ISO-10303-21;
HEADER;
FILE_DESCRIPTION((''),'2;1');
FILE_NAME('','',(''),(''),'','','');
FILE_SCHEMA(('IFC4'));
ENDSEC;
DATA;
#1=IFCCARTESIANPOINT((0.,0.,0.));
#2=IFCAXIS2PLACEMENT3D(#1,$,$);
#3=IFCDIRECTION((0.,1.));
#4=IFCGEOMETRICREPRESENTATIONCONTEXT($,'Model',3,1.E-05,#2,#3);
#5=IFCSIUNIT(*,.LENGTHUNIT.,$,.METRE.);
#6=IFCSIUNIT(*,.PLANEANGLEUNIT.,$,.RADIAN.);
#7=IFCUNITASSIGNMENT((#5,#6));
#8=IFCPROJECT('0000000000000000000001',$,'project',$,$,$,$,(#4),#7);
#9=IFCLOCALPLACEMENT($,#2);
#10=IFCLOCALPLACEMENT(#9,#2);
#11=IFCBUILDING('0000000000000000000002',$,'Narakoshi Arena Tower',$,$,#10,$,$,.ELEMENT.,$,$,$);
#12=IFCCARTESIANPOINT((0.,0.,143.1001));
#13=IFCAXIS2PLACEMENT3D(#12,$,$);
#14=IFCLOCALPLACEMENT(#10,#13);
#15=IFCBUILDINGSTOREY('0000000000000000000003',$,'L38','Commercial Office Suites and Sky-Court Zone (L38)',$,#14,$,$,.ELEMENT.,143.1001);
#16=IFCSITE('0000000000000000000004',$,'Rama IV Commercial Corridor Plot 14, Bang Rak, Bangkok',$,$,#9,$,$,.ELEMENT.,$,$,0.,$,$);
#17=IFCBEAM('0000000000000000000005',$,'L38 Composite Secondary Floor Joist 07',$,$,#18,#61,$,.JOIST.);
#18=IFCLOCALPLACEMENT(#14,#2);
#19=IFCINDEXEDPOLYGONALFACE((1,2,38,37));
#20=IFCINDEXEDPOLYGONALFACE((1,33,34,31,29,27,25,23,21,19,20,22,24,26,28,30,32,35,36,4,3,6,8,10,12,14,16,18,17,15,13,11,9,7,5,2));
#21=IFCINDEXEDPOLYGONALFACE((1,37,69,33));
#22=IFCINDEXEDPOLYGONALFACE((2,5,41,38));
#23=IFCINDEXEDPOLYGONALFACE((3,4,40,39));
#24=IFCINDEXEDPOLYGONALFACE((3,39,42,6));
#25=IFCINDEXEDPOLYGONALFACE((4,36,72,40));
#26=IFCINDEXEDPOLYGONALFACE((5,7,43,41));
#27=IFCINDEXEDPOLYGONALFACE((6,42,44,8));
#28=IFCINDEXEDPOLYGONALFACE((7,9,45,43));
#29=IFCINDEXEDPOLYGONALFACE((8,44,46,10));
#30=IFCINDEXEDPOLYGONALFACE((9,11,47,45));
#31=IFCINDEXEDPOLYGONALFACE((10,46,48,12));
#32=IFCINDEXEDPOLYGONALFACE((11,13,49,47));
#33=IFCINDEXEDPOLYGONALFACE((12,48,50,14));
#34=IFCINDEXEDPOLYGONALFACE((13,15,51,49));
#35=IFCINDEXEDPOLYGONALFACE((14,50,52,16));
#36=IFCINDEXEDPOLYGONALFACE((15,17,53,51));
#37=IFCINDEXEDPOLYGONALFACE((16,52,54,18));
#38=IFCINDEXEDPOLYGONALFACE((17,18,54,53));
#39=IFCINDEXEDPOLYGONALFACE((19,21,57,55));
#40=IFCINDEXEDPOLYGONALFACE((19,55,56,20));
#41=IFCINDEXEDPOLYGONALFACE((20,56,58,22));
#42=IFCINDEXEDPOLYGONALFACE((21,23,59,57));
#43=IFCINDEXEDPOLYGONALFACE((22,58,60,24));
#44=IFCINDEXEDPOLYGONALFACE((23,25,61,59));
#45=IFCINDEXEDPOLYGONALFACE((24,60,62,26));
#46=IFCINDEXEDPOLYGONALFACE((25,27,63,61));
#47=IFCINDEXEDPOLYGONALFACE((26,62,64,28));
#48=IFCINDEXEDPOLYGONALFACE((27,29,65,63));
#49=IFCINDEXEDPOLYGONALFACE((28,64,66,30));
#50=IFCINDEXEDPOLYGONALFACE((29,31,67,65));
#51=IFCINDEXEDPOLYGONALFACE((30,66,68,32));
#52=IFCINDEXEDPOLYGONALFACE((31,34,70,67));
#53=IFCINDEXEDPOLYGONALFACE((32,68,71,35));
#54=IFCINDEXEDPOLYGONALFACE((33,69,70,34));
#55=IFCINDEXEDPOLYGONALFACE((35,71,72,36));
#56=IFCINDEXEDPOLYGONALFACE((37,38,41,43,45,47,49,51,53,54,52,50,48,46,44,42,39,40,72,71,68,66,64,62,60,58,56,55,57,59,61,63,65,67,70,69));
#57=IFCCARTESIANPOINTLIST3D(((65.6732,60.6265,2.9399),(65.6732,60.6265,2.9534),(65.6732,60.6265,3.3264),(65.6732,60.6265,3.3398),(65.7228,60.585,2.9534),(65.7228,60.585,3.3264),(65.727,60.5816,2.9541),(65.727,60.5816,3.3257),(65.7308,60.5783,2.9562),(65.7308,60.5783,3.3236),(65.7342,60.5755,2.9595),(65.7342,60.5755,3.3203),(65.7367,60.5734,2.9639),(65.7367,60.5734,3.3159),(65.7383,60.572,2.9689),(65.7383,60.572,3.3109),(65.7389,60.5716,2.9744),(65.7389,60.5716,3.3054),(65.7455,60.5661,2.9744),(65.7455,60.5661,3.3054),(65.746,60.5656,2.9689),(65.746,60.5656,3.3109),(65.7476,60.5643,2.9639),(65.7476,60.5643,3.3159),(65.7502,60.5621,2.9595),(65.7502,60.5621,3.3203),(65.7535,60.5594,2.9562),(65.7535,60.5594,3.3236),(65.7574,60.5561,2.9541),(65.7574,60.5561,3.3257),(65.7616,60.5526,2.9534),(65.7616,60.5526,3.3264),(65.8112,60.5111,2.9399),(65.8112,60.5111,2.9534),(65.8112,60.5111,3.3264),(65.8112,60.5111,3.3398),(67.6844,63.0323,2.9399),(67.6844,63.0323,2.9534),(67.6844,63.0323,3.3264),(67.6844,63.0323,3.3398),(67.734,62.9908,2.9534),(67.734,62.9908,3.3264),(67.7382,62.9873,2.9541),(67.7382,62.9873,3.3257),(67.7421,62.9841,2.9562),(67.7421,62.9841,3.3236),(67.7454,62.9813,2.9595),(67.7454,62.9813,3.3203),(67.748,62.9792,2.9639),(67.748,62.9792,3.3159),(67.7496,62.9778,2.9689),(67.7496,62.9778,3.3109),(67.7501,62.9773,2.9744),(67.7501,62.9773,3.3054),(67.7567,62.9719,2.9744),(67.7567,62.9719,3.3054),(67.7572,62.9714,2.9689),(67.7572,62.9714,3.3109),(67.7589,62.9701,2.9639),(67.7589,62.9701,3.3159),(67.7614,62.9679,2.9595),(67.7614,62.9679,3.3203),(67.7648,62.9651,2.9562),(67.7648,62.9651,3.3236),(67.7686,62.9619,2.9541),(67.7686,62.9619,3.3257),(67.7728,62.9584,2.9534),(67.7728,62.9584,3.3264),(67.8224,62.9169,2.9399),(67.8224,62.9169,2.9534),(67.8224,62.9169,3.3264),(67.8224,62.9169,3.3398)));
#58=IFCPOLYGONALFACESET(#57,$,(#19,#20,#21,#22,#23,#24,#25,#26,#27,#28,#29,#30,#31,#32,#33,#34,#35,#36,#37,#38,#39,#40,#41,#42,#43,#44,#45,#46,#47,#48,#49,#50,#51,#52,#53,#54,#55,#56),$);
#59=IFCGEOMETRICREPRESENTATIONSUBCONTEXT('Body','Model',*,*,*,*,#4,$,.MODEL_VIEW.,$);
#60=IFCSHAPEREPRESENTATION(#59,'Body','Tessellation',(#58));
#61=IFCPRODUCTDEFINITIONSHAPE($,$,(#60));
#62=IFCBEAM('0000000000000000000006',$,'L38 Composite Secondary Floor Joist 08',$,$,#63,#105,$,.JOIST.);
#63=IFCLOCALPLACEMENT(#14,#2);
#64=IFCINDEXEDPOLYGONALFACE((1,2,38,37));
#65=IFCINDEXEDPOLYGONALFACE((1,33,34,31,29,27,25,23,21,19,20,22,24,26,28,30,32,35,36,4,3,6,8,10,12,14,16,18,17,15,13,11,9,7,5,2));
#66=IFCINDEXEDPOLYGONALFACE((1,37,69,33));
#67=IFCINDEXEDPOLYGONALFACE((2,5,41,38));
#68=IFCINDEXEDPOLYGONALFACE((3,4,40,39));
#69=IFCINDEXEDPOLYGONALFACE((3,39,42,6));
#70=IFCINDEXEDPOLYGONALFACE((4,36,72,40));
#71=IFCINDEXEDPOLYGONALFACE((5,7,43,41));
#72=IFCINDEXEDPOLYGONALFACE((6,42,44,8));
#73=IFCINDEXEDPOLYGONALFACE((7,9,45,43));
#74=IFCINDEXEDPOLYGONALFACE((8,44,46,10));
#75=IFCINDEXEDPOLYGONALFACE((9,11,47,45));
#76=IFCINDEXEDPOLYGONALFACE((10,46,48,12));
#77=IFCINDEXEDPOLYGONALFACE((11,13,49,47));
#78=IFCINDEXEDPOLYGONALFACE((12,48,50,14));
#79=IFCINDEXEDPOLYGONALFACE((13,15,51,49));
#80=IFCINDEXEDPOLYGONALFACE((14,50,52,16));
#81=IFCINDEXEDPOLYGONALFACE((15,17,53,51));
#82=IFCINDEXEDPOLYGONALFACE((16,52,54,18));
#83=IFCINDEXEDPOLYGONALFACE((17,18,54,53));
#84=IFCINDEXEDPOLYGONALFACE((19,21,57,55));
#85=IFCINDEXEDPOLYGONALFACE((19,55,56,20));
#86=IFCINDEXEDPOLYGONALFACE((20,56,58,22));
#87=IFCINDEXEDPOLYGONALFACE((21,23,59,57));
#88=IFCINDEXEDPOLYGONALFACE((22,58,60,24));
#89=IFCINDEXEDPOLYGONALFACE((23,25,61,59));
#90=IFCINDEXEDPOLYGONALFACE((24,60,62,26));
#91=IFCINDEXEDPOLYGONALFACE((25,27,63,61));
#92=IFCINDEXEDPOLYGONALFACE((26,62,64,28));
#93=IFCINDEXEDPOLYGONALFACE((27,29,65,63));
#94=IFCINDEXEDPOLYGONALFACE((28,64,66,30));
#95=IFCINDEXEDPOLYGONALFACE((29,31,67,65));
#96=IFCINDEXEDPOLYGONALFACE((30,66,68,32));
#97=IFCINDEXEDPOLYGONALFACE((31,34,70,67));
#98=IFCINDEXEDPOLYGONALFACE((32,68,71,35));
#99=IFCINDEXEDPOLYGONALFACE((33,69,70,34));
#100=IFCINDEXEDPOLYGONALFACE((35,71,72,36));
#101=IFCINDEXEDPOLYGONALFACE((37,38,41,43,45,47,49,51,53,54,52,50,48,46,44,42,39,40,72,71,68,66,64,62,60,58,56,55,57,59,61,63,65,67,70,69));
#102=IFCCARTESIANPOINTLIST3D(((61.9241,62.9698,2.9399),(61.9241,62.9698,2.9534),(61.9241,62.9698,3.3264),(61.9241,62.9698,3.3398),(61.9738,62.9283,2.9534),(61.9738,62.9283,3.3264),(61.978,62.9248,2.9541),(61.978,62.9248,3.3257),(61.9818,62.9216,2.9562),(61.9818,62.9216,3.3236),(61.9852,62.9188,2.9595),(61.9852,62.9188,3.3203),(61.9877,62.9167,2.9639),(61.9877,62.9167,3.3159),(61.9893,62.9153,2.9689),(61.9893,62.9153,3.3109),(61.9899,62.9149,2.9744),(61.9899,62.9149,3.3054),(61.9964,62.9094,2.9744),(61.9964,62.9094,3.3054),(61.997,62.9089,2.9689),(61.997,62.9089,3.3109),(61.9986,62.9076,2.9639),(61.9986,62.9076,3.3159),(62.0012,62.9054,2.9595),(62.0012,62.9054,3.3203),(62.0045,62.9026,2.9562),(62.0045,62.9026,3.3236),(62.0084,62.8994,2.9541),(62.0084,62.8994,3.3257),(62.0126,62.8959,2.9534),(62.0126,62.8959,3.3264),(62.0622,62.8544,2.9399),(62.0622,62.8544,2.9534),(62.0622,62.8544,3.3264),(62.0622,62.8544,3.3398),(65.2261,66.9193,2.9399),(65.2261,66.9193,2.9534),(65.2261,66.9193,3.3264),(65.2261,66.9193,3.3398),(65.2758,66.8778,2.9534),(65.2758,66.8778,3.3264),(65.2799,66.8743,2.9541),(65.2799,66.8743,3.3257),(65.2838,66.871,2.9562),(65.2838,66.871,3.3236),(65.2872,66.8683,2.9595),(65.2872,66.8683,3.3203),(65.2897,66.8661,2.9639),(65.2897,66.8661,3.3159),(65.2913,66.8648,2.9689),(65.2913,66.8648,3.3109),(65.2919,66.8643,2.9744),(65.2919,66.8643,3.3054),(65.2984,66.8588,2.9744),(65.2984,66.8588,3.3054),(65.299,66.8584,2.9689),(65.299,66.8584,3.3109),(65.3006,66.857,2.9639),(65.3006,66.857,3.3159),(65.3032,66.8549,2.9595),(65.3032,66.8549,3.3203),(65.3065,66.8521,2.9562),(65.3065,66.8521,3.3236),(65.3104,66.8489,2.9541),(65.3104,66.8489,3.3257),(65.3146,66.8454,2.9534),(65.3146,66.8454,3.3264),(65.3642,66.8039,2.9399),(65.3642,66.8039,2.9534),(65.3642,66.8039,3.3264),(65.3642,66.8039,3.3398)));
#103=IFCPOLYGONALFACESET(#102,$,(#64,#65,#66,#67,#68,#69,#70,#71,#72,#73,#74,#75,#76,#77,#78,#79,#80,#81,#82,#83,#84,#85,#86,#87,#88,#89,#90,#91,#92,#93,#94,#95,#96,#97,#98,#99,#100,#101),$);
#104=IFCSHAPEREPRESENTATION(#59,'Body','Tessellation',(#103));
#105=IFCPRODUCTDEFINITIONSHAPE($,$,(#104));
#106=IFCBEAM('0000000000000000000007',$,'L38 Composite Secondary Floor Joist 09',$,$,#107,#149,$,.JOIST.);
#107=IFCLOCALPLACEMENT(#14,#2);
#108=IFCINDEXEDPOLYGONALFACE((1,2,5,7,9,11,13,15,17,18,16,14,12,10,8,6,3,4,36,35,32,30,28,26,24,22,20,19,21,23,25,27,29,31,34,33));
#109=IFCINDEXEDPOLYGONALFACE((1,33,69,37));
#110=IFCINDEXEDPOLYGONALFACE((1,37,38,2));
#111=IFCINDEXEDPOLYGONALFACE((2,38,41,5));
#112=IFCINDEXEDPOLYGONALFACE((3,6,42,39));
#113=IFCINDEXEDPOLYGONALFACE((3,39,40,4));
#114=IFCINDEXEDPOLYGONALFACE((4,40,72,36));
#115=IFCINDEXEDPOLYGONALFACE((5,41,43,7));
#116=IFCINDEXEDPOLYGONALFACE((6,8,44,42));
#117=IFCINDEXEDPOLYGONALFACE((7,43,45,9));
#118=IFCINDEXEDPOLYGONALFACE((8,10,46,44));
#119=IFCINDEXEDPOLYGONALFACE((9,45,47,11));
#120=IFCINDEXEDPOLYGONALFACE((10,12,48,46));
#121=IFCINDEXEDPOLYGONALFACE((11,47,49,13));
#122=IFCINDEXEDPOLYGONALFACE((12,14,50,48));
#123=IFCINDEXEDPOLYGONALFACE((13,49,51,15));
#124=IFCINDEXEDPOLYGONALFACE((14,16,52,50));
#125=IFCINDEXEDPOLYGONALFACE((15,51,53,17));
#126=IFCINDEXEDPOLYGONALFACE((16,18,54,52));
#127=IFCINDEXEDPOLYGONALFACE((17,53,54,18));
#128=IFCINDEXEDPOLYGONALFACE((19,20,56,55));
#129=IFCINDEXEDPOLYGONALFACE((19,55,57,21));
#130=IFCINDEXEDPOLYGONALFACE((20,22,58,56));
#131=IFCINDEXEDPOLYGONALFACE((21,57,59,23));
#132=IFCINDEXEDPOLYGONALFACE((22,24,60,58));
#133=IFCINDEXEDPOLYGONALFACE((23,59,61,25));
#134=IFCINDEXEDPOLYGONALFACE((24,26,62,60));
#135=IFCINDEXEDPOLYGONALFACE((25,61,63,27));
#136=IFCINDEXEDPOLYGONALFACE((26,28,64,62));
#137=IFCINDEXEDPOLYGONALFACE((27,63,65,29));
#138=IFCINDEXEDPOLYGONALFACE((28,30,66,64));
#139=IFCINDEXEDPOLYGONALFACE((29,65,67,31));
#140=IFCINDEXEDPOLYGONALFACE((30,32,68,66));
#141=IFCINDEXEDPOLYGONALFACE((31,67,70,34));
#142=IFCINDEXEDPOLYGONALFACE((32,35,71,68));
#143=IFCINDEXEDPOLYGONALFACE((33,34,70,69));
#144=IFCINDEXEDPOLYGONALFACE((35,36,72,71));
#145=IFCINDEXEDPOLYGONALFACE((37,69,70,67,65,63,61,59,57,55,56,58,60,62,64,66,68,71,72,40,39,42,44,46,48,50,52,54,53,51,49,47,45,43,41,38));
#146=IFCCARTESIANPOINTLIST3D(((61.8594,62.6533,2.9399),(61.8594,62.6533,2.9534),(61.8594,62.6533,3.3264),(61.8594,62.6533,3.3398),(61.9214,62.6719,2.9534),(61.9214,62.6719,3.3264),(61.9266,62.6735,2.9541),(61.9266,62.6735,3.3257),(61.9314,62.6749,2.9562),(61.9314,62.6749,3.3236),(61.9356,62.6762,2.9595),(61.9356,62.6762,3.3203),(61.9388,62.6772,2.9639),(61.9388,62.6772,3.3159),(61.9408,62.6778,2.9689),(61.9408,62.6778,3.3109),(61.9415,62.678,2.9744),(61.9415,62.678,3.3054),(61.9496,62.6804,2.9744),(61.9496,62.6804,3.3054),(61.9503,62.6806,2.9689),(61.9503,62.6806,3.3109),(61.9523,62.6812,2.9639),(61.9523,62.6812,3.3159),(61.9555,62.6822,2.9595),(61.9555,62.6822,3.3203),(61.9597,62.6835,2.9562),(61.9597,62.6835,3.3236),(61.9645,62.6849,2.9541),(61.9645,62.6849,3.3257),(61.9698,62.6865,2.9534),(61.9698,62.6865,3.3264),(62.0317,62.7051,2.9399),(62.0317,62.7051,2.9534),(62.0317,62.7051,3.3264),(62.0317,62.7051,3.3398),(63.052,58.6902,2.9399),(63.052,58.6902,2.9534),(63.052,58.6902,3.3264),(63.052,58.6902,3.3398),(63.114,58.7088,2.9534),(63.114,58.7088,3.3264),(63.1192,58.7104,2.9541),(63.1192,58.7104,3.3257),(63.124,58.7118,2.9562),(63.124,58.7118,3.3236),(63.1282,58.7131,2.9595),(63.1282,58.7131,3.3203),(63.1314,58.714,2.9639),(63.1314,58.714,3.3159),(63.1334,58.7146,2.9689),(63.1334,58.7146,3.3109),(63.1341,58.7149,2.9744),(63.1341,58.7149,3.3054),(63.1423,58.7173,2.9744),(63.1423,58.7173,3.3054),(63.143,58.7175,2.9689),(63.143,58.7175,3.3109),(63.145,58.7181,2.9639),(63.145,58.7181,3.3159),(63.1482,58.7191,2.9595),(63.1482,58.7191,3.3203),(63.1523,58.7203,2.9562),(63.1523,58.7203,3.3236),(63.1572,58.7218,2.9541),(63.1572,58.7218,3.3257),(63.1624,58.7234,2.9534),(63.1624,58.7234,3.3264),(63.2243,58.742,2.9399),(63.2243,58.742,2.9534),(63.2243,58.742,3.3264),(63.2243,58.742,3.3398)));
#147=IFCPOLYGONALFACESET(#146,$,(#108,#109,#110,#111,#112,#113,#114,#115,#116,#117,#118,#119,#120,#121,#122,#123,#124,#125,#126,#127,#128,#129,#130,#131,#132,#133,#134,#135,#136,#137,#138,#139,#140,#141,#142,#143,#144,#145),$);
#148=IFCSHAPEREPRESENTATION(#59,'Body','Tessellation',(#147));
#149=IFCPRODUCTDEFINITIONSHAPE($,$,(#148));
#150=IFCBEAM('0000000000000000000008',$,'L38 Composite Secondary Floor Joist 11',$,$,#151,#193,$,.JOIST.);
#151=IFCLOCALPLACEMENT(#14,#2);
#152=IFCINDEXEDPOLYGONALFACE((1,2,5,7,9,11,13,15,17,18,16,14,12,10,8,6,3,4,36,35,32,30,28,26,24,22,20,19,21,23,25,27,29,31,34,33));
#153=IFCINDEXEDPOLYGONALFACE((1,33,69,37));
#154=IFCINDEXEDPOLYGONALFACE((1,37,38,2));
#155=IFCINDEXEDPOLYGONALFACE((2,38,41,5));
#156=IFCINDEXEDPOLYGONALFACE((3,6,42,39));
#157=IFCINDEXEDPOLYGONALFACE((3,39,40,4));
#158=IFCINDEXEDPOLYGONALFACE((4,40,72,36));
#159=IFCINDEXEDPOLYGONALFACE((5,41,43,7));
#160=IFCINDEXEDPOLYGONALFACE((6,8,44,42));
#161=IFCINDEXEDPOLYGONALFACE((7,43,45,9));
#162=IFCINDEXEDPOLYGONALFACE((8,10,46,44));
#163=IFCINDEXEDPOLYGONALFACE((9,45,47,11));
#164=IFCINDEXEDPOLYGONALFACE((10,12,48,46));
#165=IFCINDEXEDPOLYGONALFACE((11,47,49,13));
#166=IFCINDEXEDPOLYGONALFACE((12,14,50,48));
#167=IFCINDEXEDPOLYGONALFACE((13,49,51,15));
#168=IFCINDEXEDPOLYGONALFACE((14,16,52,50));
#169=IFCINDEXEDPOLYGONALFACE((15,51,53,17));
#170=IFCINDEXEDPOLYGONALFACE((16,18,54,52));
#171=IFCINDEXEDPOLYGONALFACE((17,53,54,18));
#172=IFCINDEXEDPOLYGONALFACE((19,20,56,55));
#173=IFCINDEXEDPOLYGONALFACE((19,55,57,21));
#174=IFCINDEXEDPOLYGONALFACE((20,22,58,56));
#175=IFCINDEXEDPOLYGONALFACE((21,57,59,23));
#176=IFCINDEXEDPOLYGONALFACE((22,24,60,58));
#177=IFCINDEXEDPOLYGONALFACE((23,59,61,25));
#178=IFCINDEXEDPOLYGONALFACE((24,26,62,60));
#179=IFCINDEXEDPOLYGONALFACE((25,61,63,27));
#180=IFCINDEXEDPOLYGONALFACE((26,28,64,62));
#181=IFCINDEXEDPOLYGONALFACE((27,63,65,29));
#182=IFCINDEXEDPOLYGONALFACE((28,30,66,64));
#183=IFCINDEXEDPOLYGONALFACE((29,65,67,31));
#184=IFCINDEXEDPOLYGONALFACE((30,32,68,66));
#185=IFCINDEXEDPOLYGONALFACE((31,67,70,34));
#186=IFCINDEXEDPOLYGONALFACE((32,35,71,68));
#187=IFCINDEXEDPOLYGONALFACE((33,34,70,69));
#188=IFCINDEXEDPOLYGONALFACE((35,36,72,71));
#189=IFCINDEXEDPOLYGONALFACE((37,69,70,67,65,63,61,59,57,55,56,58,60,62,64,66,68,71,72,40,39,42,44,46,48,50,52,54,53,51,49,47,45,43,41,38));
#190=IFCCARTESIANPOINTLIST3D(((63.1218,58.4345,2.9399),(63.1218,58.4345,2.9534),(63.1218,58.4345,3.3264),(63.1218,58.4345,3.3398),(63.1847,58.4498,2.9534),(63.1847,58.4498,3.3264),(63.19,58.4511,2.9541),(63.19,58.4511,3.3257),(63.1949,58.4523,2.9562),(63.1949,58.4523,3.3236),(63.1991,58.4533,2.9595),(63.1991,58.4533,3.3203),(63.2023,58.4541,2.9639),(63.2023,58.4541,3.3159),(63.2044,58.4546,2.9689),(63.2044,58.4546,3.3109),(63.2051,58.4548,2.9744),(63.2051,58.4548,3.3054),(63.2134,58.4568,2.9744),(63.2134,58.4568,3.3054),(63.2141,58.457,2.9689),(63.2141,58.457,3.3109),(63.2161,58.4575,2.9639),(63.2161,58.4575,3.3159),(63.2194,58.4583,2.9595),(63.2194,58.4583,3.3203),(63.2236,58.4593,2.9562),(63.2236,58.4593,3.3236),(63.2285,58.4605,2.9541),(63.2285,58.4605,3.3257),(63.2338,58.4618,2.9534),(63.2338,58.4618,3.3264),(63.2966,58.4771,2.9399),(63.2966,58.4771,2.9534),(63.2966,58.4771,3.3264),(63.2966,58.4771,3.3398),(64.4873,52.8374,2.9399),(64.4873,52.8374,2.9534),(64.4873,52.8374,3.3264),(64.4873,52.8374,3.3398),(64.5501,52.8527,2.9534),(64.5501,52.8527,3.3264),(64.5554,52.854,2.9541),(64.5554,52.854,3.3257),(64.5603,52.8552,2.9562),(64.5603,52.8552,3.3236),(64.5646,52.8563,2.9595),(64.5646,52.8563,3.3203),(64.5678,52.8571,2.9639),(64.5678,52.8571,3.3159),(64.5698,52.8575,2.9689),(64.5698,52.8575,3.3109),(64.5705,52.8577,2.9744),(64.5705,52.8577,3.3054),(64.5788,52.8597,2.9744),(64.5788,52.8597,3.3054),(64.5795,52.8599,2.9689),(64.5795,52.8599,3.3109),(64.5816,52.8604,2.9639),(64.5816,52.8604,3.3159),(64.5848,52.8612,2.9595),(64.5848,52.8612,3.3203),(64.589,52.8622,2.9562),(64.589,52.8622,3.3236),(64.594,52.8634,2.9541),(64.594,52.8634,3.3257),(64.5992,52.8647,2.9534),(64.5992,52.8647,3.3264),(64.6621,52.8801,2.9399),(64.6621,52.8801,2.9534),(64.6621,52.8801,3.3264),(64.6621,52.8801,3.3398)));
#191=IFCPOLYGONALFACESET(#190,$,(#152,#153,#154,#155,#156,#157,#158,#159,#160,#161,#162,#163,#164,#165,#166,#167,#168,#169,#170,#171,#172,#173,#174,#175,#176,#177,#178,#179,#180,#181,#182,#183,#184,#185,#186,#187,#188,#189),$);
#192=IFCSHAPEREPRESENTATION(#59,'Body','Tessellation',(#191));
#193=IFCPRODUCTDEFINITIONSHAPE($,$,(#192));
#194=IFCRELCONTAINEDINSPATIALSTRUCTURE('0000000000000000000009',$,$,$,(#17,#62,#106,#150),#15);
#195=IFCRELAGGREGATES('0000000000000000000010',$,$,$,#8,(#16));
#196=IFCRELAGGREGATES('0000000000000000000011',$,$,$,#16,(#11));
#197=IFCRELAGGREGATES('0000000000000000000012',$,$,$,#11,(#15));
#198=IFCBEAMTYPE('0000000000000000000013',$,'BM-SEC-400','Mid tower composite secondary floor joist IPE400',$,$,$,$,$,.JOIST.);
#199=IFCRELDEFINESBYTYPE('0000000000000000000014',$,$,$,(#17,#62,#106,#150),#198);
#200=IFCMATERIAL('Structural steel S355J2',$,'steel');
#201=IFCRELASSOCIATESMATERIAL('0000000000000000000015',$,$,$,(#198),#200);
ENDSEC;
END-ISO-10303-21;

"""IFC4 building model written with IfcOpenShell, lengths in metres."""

from ifc_helpers import new_model, si_unit, direction, frame, origin, origin_2d, place, context, subcontext, project, spatial, i_section, extrude, material, material_profile, profile_set, type_object, element, save


model = new_model("IFC4")

# Units and contexts
model_context = context("Model", 3, precision=1e-05, world=origin(), true_north=direction((0.0, 1.0)))
body_context = subcontext(model_context, "Body", "Model", "MODEL_VIEW")
ifc_project = project(units=[si_unit("LENGTHUNIT", "METRE"), si_unit("PLANEANGLEUNIT", "RADIAN")], contexts=[model_context])

# Site, building, storey
site_placement = place(None, origin())
site = spatial("IfcSite", under=ifc_project, at=site_placement, Name="Rama IV Commercial Corridor Plot 14, Bang Rak, Bangkok", CompositionType="ELEMENT", RefElevation=0.0)
building_placement = place(site_placement, origin())
building = spatial("IfcBuilding", under=site, at=building_placement, Name="Narakoshi Arena Tower", CompositionType="ELEMENT")
storey_placement = place(building_placement, frame((0.0, 0.0, 143.1001)))
storey = spatial("IfcBuildingStorey", under=building, at=storey_placement, Name="L38", Description="Commercial Office Suites and Sky-Court Zone (L38)", CompositionType="ELEMENT", Elevation=143.1001)

# Beams
ifc_material_1 = material(Name="Structural steel S355J2", Category="steel")
ifc_material_profile_1 = material_profile(ifc_material_1, i_section(OverallWidth=0.1799, OverallDepth=0.3999, WebThickness=0.0085, FlangeThickness=0.0134, FilletRadius=0.021, at=origin_2d()), Name="IPE400")
ifc_profile_set_1 = profile_set([ifc_material_profile_1], Name="Structural steel S355J2")
beam_type_1 = type_object("IfcBeamType", Name="BM-SEC-400", Description="Mid tower composite secondary floor joist IPE400", PredefinedType="JOIST", material=ifc_profile_set_1)
beam_1_placement = place(storey_placement, frame((67.7534, 62.9746, 3.1399), z_axis=(-0.641394, -0.767212, 0.0), x_axis=(0.767212, -0.641394, 0.0)))
element("IfcBeam", 1, at=beam_1_placement, inside=storey, type_object=beam_type_1, Name="L38 Composite Secondary Floor Joist 07", PredefinedType="JOIST", context=body_context, shape_type="SweptSolid", body=[
    extrude(i_section(OverallWidth=0.1799, OverallDepth=0.3999, WebThickness=0.0085, FlangeThickness=0.0134, FilletRadius=0.021, at=origin_2d()), origin(), (0.0, 0.0, 1.0), 3.1357),
])
beam_2_placement = place(storey_placement, frame((65.2952, 66.8616, 3.1399), z_axis=(-0.64142, -0.76719, 0.0), x_axis=(0.76719, -0.64142, 0.0)))
element("IfcBeam", 2, at=beam_2_placement, inside=storey, type_object=beam_type_1, Name="L38 Composite Secondary Floor Joist 08", PredefinedType="JOIST", context=body_context, shape_type="SweptSolid", body=[
    extrude(i_section(OverallWidth=0.1799, OverallDepth=0.3999, WebThickness=0.0085, FlangeThickness=0.0134, FilletRadius=0.021, at=origin_2d()), origin(), (0.0, 0.0, 1.0), 5.1479),
])
beam_3_placement = place(storey_placement, frame((61.9456, 62.6792, 3.1399), z_axis=(0.288165, -0.957581, 0.0), x_axis=(0.957581, 0.288165, 0.0)))
element("IfcBeam", 3, at=beam_3_placement, inside=storey, type_object=beam_type_1, Name="L38 Composite Secondary Floor Joist 09", PredefinedType="JOIST", context=body_context, shape_type="SweptSolid", body=[
    extrude(i_section(OverallWidth=0.1799, OverallDepth=0.3999, WebThickness=0.0085, FlangeThickness=0.0134, FilletRadius=0.021, at=origin_2d()), origin(), (0.0, 0.0, 1.0), 4.1387),
])
beam_4_placement = place(storey_placement, frame((63.2092, 58.4558, 3.1399), z_axis=(0.237008, -0.971508, 0.0), x_axis=(0.971508, 0.237008, 0.0)))
element("IfcBeam", 4, at=beam_4_placement, inside=storey, type_object=beam_type_1, Name="L38 Composite Secondary Floor Joist 11", PredefinedType="JOIST", context=body_context, shape_type="SweptSolid", body=[
    extrude(i_section(OverallWidth=0.1799, OverallDepth=0.3999, WebThickness=0.0085, FlangeThickness=0.0134, FilletRadius=0.021, at=origin_2d()), origin(), (0.0, 0.0, 1.0), 5.7612),
])

save(model, "model.ifc")
